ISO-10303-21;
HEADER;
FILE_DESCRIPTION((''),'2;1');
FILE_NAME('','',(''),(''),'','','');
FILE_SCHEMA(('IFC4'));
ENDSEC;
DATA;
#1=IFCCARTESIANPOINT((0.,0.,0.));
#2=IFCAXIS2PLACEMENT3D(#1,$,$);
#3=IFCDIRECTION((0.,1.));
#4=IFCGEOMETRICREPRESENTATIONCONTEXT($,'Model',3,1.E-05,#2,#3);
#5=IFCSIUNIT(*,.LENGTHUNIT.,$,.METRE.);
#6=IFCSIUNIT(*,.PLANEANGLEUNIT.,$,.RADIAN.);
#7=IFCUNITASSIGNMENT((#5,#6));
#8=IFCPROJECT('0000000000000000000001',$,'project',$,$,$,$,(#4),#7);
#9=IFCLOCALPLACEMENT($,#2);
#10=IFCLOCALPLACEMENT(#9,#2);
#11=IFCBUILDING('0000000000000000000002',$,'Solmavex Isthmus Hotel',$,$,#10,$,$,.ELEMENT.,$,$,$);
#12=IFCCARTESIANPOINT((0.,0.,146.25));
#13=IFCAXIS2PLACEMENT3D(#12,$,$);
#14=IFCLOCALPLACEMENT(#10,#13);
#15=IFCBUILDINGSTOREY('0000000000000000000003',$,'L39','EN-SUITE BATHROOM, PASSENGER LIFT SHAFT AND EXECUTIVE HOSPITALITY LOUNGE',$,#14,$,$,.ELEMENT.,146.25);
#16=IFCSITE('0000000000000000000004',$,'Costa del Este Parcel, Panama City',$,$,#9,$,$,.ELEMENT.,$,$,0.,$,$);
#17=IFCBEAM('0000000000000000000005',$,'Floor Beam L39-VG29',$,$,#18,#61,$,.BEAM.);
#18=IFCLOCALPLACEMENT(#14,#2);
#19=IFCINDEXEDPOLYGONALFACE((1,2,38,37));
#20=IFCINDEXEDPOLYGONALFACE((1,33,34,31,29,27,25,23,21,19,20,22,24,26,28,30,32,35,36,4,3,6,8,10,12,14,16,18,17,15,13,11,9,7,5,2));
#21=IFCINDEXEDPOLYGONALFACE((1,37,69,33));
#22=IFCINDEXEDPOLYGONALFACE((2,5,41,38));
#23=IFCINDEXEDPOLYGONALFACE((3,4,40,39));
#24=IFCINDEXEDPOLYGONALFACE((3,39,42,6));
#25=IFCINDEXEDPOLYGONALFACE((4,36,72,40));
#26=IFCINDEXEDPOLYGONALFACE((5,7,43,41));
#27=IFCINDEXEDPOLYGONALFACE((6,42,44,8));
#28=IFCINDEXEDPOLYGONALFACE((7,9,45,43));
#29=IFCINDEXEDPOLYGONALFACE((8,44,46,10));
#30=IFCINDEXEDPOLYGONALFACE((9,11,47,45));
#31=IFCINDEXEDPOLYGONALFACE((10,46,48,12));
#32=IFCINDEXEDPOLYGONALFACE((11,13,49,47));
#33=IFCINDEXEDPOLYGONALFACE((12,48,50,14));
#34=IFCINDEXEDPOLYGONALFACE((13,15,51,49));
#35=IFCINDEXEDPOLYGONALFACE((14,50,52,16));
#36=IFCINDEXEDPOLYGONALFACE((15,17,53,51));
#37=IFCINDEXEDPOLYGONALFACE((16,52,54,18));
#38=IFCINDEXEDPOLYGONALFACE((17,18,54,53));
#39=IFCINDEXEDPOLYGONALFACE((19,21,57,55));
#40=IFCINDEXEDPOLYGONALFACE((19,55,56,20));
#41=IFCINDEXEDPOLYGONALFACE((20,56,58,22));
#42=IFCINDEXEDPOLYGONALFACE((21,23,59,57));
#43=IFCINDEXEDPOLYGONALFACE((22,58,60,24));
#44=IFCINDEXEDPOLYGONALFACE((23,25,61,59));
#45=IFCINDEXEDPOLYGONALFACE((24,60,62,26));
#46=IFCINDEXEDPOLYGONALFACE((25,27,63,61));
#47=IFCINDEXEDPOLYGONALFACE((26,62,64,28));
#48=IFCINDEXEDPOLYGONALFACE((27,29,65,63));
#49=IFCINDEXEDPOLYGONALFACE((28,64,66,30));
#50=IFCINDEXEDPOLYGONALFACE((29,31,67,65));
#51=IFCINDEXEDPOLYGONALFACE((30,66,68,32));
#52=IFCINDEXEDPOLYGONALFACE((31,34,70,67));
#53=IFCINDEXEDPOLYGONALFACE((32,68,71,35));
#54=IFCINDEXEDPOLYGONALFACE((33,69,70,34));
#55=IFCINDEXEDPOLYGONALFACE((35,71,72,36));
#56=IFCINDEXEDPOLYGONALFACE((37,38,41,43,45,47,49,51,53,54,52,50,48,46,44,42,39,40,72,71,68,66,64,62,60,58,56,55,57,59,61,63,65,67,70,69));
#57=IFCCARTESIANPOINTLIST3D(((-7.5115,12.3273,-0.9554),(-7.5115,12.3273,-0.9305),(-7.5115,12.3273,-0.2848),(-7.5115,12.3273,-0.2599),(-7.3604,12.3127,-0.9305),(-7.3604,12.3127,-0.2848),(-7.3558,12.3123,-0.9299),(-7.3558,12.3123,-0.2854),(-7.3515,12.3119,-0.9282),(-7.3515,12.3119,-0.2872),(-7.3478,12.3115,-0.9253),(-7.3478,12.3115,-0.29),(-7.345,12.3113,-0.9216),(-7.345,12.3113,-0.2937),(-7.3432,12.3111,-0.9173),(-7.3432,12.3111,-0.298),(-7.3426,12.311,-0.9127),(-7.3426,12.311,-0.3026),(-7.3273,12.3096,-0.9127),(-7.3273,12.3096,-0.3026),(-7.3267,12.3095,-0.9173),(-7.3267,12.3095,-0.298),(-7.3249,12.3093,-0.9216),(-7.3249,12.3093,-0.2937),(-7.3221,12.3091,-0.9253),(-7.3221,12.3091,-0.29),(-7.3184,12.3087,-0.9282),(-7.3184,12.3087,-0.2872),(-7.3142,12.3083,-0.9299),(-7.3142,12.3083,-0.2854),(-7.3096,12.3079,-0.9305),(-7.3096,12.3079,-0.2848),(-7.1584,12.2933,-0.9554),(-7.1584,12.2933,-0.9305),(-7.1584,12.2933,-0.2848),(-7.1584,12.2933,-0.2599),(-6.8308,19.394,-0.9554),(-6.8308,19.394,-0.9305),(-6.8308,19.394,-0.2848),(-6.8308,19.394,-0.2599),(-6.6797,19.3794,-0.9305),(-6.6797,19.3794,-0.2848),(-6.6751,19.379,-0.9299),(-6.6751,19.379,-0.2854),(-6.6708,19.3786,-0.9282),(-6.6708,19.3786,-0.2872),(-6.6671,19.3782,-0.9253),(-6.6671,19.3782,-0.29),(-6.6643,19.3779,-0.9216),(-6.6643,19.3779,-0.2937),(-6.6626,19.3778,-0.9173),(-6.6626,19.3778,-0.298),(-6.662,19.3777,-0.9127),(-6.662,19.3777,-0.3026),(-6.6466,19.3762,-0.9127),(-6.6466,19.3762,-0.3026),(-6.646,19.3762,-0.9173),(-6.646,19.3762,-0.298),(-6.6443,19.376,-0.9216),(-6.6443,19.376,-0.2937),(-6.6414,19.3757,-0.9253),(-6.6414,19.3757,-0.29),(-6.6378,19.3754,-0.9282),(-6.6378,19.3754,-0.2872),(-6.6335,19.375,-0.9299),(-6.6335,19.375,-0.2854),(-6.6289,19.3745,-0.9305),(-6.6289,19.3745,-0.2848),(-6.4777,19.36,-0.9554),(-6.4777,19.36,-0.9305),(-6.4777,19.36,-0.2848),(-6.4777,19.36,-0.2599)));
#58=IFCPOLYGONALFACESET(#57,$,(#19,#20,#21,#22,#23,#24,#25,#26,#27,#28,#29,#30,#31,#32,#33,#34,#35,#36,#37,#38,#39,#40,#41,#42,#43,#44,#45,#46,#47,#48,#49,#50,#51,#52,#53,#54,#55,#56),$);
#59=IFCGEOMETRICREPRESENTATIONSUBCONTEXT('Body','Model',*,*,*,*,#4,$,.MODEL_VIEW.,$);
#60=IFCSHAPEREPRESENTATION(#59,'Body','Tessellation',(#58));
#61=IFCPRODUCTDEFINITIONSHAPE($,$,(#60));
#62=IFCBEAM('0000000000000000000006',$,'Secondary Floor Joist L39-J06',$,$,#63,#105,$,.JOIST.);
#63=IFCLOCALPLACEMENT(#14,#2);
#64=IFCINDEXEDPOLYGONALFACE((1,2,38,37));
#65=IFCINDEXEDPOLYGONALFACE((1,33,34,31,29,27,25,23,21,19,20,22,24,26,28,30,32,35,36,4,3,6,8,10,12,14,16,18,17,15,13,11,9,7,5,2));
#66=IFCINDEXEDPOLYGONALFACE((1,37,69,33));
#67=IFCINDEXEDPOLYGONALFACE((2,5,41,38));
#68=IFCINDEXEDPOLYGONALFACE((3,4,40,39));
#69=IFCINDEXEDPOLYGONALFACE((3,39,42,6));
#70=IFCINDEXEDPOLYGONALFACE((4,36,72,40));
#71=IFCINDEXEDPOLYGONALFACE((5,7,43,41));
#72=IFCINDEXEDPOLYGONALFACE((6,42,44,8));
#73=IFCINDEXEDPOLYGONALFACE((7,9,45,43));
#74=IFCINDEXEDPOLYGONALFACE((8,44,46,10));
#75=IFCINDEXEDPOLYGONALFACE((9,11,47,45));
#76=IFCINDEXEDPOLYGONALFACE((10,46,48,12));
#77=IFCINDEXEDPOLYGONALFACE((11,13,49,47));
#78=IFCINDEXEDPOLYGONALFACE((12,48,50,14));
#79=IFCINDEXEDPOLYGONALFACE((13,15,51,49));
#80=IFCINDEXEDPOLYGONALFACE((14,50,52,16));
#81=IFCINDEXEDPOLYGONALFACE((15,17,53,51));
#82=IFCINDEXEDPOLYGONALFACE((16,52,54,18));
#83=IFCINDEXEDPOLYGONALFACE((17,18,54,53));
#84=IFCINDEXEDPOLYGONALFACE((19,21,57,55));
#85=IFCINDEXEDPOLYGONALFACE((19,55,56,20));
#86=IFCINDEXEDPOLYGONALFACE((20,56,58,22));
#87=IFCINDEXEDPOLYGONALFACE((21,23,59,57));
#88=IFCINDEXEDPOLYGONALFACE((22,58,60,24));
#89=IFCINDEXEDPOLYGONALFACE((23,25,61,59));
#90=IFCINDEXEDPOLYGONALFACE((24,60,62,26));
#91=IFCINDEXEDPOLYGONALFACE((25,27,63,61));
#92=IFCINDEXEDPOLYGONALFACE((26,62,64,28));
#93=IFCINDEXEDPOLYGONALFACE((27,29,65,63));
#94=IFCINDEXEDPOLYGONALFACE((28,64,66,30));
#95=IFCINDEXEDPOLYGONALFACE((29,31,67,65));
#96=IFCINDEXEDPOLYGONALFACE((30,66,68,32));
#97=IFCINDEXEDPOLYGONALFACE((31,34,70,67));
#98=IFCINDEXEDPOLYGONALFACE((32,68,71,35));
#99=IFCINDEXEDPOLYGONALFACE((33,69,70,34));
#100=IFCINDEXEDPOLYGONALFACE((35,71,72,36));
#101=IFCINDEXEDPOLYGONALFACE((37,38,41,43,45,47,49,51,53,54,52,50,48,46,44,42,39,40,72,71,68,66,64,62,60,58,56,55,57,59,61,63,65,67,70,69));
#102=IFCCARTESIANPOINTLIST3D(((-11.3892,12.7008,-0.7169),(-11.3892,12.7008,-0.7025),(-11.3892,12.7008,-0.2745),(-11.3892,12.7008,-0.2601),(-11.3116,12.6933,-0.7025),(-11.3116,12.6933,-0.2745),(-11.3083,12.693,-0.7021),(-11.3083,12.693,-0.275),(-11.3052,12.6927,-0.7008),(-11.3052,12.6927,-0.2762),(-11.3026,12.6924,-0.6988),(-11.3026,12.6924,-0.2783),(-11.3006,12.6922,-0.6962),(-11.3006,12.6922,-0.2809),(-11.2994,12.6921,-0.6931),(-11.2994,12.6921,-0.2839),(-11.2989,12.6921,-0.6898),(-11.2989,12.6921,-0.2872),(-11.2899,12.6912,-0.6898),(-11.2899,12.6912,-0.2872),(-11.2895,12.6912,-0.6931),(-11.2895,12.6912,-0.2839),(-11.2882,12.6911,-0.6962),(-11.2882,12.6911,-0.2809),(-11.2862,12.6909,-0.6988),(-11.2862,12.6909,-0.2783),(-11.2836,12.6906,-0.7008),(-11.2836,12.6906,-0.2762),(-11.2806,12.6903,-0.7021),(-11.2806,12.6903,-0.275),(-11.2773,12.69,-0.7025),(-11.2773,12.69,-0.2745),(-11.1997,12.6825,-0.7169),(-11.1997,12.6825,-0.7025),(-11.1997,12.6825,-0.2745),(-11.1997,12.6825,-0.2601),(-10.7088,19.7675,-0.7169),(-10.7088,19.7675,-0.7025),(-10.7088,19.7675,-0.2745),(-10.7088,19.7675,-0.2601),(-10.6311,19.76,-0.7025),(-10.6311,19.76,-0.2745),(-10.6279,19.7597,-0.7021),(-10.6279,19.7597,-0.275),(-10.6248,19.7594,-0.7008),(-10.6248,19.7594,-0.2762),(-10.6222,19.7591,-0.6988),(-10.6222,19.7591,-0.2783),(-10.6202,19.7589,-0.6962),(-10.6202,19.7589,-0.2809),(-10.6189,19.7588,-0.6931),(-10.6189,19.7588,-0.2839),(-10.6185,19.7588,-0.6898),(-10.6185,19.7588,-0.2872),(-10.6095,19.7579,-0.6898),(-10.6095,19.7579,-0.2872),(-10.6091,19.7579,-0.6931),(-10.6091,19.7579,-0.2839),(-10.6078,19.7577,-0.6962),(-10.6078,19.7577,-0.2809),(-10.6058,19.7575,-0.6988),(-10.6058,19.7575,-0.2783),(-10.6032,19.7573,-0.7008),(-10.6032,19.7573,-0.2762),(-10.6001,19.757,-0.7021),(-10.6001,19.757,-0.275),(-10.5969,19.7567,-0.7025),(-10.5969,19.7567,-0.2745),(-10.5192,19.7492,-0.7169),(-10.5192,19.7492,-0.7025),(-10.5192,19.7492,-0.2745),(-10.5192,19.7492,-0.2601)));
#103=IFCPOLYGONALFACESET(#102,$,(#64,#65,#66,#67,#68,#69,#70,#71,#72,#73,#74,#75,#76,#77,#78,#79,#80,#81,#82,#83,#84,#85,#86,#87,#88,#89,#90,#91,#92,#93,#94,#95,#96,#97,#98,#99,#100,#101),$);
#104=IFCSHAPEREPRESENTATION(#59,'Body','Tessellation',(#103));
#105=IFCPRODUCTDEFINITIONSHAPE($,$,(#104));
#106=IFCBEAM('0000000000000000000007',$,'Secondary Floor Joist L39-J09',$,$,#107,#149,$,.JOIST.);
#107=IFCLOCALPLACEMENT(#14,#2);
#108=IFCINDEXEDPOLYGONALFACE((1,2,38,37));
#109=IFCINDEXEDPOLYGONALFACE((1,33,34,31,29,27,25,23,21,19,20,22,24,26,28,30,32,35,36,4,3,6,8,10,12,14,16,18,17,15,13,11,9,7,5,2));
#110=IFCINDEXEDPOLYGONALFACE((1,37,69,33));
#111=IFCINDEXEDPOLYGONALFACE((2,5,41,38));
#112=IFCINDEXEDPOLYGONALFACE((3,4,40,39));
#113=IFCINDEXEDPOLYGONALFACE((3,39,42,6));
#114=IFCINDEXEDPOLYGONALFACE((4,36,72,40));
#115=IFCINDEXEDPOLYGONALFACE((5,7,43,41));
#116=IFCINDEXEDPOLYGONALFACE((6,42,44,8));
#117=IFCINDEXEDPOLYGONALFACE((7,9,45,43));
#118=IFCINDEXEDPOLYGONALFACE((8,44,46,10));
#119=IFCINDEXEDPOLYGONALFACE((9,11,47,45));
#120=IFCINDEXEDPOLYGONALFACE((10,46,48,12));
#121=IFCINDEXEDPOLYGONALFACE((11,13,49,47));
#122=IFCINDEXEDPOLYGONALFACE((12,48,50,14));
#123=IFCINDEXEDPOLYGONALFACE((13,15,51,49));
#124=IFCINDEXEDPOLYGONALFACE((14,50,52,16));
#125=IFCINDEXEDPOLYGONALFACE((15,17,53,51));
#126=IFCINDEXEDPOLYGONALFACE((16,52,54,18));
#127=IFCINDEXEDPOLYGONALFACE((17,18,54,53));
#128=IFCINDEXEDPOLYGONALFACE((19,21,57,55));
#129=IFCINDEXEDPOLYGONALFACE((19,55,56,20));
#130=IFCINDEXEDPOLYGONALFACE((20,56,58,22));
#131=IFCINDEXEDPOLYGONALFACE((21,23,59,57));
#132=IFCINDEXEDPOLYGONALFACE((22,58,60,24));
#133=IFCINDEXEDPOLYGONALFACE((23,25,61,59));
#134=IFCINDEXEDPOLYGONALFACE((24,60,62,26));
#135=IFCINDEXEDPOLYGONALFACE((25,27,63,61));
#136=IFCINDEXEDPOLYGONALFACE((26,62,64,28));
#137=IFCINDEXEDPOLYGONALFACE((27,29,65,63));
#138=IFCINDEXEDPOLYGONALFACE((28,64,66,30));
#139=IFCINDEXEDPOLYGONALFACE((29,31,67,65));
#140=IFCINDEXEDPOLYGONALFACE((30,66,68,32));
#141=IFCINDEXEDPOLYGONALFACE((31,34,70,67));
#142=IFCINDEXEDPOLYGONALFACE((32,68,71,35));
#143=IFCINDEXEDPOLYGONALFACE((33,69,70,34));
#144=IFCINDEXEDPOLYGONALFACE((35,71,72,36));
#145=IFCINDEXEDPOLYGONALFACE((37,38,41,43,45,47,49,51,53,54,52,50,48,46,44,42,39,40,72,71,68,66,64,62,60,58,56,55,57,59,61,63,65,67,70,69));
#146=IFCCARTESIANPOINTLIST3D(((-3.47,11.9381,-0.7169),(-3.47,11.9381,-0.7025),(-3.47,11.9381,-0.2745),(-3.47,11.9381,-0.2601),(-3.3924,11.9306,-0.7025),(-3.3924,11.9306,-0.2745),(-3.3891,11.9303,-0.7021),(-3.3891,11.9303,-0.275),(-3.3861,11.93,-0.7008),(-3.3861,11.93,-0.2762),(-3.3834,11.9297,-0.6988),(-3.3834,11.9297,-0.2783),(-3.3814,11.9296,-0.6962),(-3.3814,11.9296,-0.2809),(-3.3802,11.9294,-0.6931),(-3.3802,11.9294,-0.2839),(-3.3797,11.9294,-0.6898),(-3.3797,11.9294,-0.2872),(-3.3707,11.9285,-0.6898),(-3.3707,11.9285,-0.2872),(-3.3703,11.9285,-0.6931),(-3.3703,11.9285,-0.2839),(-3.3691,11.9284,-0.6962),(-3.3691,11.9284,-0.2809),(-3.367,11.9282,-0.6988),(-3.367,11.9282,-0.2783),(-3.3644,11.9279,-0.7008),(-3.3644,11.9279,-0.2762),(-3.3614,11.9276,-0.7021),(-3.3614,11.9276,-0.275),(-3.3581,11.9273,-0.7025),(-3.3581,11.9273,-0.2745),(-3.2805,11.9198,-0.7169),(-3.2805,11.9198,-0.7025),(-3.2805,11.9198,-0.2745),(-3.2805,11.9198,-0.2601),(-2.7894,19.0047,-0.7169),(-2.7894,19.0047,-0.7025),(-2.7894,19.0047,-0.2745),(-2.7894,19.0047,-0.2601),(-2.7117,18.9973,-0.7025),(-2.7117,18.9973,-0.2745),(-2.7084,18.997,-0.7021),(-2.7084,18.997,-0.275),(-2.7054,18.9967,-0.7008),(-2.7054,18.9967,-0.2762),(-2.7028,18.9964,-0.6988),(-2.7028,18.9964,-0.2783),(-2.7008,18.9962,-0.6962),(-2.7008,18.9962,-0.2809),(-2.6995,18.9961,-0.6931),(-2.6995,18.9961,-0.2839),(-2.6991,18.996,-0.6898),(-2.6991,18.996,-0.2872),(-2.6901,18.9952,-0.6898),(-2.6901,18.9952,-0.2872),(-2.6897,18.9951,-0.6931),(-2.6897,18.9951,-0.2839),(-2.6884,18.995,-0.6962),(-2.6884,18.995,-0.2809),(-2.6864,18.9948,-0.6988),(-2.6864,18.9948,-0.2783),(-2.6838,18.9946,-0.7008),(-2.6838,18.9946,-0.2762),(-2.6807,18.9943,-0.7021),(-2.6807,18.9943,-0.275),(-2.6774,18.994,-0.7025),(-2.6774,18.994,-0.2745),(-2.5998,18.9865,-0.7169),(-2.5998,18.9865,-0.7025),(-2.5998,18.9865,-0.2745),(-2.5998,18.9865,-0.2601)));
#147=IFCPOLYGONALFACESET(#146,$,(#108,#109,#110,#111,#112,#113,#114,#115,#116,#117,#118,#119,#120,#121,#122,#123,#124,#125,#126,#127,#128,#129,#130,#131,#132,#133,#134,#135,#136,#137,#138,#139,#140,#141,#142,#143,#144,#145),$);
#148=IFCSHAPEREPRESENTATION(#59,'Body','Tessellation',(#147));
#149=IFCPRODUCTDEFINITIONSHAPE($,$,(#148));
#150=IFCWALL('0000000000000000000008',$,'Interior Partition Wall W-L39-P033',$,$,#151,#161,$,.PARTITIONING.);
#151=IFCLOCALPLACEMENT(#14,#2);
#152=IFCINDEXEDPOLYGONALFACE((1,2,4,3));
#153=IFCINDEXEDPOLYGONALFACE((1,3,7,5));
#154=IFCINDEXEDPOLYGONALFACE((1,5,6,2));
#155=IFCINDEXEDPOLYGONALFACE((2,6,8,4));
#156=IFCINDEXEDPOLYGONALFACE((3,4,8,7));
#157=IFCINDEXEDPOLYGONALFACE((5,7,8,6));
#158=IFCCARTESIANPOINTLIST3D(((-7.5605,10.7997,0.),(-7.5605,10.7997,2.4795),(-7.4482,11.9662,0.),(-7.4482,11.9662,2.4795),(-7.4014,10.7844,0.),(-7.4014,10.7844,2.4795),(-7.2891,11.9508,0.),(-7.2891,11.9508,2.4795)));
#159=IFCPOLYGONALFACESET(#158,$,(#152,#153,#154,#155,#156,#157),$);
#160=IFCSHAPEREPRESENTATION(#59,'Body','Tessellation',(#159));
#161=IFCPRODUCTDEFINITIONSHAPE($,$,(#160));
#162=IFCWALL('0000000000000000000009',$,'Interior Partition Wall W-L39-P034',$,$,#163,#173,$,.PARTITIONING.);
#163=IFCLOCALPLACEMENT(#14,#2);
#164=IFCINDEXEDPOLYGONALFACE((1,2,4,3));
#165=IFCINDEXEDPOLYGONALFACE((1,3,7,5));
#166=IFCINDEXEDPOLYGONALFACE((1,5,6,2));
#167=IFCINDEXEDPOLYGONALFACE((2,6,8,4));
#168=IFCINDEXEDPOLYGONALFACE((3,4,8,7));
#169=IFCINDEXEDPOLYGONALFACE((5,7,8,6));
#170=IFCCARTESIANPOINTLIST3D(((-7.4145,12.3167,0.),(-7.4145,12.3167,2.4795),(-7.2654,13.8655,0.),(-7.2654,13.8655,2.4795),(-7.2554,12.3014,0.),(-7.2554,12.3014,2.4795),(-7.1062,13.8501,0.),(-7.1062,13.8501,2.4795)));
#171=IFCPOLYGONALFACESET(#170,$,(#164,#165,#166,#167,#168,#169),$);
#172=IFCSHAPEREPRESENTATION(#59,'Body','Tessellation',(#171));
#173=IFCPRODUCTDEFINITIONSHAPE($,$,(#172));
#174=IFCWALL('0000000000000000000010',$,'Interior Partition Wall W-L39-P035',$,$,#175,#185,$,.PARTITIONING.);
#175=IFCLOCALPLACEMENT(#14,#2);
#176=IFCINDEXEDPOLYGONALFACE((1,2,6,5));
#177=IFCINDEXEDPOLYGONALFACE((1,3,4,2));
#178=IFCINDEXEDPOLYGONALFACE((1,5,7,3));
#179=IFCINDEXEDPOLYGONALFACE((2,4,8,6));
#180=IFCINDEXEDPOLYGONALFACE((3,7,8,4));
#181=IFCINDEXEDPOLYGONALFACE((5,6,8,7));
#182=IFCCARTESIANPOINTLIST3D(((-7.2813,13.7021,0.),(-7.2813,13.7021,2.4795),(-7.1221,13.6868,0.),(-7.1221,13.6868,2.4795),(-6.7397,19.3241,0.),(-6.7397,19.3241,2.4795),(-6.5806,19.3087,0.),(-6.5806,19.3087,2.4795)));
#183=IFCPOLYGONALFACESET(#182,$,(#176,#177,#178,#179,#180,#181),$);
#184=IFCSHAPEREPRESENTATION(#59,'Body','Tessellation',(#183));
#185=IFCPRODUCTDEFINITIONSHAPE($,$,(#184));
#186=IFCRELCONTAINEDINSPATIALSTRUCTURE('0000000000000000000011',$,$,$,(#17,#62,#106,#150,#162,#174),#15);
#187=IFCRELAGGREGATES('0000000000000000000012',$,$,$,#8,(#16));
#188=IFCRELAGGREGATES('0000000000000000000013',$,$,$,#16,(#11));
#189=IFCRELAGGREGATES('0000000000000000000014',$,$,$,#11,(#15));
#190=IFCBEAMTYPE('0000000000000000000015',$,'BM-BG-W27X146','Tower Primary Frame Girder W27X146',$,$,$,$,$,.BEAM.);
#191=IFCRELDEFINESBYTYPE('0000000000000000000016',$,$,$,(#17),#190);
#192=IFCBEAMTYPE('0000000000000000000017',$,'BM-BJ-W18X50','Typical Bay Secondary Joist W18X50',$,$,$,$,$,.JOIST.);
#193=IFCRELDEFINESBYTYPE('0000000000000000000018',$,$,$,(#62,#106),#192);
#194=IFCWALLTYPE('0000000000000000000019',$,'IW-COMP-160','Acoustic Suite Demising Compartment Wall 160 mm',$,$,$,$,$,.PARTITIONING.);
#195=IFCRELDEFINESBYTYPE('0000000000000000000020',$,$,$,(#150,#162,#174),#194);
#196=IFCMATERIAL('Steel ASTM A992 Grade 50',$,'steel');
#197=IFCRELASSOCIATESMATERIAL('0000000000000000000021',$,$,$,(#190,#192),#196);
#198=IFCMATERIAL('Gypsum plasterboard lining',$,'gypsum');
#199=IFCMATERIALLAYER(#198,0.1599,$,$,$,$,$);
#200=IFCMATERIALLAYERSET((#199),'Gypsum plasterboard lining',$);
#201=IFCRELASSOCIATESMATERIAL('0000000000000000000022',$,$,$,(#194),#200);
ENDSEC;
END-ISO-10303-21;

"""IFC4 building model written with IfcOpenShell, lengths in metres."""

from ifc_helpers import new_model, si_unit, direction, frame, frame_2d, origin, origin_2d, place, context, subcontext, project, spatial, rectangle, i_section, extrude, material, layer, layer_set, material_profile, profile_set, type_object, element, save


model = new_model("IFC4")

# Units and contexts
model_context = context("Model", 3, precision=1e-05, world=origin(), true_north=direction((0.0, 1.0)))
body_context = subcontext(model_context, "Body", "Model", "MODEL_VIEW")
ifc_project = project(units=[si_unit("LENGTHUNIT", "METRE"), si_unit("PLANEANGLEUNIT", "RADIAN")], contexts=[model_context])

# Site, building, storey
site_placement = place(None, origin())
site = spatial("IfcSite", under=ifc_project, at=site_placement, Name="Costa del Este Parcel, Panama City", CompositionType="ELEMENT", RefElevation=0.0)
building_placement = place(site_placement, origin())
building = spatial("IfcBuilding", under=site, at=building_placement, Name="Solmavex Isthmus Hotel", CompositionType="ELEMENT")
storey_placement = place(building_placement, frame((0.0, 0.0, 146.25)))
storey = spatial("IfcBuildingStorey", under=building, at=storey_placement, Name="L39", Description="EN-SUITE BATHROOM, PASSENGER LIFT SHAFT AND EXECUTIVE HOSPITALITY LOUNGE", CompositionType="ELEMENT", Elevation=146.25)

# Beams
ifc_material_1 = material(Name="Steel ASTM A992 Grade 50", Category="steel")
ifc_material_profile_1 = material_profile(ifc_material_1, i_section(OverallWidth=0.3547, OverallDepth=0.6956, WebThickness=0.0154, FlangeThickness=0.0249, FilletRadius=0.0178, at=origin_2d()), Name="W27X146")
ifc_profile_set_1 = profile_set([ifc_material_profile_1], Name="Steel ASTM A992 Grade 50")
beam_type_1 = type_object("IfcBeamType", Name="BM-BG-W27X146", Description="Tower Primary Frame Girder W27X146", PredefinedType="BEAM", material=ifc_profile_set_1)
beam_1_placement = place(storey_placement, frame((-7.335, 12.3103, -0.6077), z_axis=(0.095877, 0.995393, 0.0), x_axis=(-0.995393, 0.095877, 0.0)))
element("IfcBeam", 1, at=beam_1_placement, inside=storey, type_object=beam_type_1, Name="Floor Beam L39-VG29", PredefinedType="BEAM", context=body_context, shape_type="SweptSolid", body=[
    extrude(i_section(OverallWidth=0.3547, OverallDepth=0.6956, WebThickness=0.0154, FlangeThickness=0.0249, FilletRadius=0.0178, at=origin_2d()), origin(), (0.0, 0.0, 1.0), 7.0994),
])
ifc_material_profile_2 = material_profile(ifc_material_1, i_section(OverallWidth=0.1904, OverallDepth=0.4568, WebThickness=0.009, FlangeThickness=0.0144, FilletRadius=0.0127, at=origin_2d()), Name="W18X50")
ifc_profile_set_2 = profile_set([ifc_material_profile_2], Name="Steel ASTM A992 Grade 50")
beam_type_2 = type_object("IfcBeamType", Name="BM-BJ-W18X50", Description="Typical Bay Secondary Joist W18X50", PredefinedType="JOIST", material=ifc_profile_set_2)
for number, where, z_axis, x_axis, name in (
    (2, (-11.2944, 12.6917, -0.4885), (0.095843, 0.995396, 0.0), (-0.995396, 0.095843, 0.0), "Secondary Floor Joist L39-J06"),
    (3, (-3.3752, 11.929, -0.4885), (0.095877, 0.995393, 0.0), (-0.995393, 0.095877, 0.0), "Secondary Floor Joist L39-J09"),
):
    element("IfcBeam", number, at=place(storey_placement, frame(where, z_axis=z_axis, x_axis=x_axis)), inside=storey, type_object=beam_type_2, Name=name, PredefinedType="JOIST", context=body_context, shape_type="SweptSolid", body=[
        extrude(i_section(OverallWidth=0.1904, OverallDepth=0.4568, WebThickness=0.009, FlangeThickness=0.0144, FilletRadius=0.0127, at=origin_2d()), origin(), (0.0, 0.0, 1.0), 7.0994),
    ])

# Walls
ifc_material_2 = material(Name="Gypsum plasterboard lining", Category="gypsum")
ifc_layer_1 = layer(ifc_material_2, 0.1599)
ifc_layer_set_1 = layer_set([ifc_layer_1], Name="Gypsum plasterboard lining")
wall_type_1 = type_object("IfcWallType", Name="IW-COMP-160", Description="Acoustic Suite Demising Compartment Wall 160 mm", PredefinedType="PARTITIONING", material=ifc_layer_set_1)
wall_1_placement = place(storey_placement, frame((-7.3687, 11.9585, 0.0), z_axis=(0.0, 0.0, 1.0), x_axis=(-0.095831, -0.995398, 0.0)))
element("IfcWall", 4, at=wall_1_placement, inside=storey, type_object=wall_type_1, Name="Interior Partition Wall W-L39-P033", PredefinedType="PARTITIONING", context=body_context, shape_type="SweptSolid", body=[
    extrude(rectangle(XDim=1.1719, YDim=0.1599, at=frame_2d((0.5859, 0.0))), origin(), (0.0, 0.0, 1.0), 2.4795),
])
wall_2_placement = place(storey_placement, frame((-7.1858, 13.8577, 0.0), z_axis=(0.0, 0.0, 1.0), x_axis=(-0.095868, -0.995394, 0.0)))
element("IfcWall", 5, at=wall_2_placement, inside=storey, type_object=wall_type_1, Name="Interior Partition Wall W-L39-P034", PredefinedType="PARTITIONING", context=body_context, shape_type="SweptSolid", body=[
    extrude(rectangle(XDim=1.5559, YDim=0.1599, at=frame_2d((0.7778, 0.0))), origin(), (0.0, 0.0, 1.0), 2.4795),
])
wall_3_placement = place(storey_placement, frame((-6.6602, 19.3164, 0.0), z_axis=(0.0, 0.0, 1.0), x_axis=(-0.095878, -0.995393, 0.0)))
element("IfcWall", 6, at=wall_3_placement, inside=storey, type_object=wall_type_1, Name="Interior Partition Wall W-L39-P035", PredefinedType="PARTITIONING", context=body_context, shape_type="SweptSolid", body=[
    extrude(rectangle(XDim=5.6479, YDim=0.1599, at=frame_2d((2.824, 0.0))), origin(), (0.0, 0.0, 1.0), 2.4795),
])

save(model, "model.ifc")
